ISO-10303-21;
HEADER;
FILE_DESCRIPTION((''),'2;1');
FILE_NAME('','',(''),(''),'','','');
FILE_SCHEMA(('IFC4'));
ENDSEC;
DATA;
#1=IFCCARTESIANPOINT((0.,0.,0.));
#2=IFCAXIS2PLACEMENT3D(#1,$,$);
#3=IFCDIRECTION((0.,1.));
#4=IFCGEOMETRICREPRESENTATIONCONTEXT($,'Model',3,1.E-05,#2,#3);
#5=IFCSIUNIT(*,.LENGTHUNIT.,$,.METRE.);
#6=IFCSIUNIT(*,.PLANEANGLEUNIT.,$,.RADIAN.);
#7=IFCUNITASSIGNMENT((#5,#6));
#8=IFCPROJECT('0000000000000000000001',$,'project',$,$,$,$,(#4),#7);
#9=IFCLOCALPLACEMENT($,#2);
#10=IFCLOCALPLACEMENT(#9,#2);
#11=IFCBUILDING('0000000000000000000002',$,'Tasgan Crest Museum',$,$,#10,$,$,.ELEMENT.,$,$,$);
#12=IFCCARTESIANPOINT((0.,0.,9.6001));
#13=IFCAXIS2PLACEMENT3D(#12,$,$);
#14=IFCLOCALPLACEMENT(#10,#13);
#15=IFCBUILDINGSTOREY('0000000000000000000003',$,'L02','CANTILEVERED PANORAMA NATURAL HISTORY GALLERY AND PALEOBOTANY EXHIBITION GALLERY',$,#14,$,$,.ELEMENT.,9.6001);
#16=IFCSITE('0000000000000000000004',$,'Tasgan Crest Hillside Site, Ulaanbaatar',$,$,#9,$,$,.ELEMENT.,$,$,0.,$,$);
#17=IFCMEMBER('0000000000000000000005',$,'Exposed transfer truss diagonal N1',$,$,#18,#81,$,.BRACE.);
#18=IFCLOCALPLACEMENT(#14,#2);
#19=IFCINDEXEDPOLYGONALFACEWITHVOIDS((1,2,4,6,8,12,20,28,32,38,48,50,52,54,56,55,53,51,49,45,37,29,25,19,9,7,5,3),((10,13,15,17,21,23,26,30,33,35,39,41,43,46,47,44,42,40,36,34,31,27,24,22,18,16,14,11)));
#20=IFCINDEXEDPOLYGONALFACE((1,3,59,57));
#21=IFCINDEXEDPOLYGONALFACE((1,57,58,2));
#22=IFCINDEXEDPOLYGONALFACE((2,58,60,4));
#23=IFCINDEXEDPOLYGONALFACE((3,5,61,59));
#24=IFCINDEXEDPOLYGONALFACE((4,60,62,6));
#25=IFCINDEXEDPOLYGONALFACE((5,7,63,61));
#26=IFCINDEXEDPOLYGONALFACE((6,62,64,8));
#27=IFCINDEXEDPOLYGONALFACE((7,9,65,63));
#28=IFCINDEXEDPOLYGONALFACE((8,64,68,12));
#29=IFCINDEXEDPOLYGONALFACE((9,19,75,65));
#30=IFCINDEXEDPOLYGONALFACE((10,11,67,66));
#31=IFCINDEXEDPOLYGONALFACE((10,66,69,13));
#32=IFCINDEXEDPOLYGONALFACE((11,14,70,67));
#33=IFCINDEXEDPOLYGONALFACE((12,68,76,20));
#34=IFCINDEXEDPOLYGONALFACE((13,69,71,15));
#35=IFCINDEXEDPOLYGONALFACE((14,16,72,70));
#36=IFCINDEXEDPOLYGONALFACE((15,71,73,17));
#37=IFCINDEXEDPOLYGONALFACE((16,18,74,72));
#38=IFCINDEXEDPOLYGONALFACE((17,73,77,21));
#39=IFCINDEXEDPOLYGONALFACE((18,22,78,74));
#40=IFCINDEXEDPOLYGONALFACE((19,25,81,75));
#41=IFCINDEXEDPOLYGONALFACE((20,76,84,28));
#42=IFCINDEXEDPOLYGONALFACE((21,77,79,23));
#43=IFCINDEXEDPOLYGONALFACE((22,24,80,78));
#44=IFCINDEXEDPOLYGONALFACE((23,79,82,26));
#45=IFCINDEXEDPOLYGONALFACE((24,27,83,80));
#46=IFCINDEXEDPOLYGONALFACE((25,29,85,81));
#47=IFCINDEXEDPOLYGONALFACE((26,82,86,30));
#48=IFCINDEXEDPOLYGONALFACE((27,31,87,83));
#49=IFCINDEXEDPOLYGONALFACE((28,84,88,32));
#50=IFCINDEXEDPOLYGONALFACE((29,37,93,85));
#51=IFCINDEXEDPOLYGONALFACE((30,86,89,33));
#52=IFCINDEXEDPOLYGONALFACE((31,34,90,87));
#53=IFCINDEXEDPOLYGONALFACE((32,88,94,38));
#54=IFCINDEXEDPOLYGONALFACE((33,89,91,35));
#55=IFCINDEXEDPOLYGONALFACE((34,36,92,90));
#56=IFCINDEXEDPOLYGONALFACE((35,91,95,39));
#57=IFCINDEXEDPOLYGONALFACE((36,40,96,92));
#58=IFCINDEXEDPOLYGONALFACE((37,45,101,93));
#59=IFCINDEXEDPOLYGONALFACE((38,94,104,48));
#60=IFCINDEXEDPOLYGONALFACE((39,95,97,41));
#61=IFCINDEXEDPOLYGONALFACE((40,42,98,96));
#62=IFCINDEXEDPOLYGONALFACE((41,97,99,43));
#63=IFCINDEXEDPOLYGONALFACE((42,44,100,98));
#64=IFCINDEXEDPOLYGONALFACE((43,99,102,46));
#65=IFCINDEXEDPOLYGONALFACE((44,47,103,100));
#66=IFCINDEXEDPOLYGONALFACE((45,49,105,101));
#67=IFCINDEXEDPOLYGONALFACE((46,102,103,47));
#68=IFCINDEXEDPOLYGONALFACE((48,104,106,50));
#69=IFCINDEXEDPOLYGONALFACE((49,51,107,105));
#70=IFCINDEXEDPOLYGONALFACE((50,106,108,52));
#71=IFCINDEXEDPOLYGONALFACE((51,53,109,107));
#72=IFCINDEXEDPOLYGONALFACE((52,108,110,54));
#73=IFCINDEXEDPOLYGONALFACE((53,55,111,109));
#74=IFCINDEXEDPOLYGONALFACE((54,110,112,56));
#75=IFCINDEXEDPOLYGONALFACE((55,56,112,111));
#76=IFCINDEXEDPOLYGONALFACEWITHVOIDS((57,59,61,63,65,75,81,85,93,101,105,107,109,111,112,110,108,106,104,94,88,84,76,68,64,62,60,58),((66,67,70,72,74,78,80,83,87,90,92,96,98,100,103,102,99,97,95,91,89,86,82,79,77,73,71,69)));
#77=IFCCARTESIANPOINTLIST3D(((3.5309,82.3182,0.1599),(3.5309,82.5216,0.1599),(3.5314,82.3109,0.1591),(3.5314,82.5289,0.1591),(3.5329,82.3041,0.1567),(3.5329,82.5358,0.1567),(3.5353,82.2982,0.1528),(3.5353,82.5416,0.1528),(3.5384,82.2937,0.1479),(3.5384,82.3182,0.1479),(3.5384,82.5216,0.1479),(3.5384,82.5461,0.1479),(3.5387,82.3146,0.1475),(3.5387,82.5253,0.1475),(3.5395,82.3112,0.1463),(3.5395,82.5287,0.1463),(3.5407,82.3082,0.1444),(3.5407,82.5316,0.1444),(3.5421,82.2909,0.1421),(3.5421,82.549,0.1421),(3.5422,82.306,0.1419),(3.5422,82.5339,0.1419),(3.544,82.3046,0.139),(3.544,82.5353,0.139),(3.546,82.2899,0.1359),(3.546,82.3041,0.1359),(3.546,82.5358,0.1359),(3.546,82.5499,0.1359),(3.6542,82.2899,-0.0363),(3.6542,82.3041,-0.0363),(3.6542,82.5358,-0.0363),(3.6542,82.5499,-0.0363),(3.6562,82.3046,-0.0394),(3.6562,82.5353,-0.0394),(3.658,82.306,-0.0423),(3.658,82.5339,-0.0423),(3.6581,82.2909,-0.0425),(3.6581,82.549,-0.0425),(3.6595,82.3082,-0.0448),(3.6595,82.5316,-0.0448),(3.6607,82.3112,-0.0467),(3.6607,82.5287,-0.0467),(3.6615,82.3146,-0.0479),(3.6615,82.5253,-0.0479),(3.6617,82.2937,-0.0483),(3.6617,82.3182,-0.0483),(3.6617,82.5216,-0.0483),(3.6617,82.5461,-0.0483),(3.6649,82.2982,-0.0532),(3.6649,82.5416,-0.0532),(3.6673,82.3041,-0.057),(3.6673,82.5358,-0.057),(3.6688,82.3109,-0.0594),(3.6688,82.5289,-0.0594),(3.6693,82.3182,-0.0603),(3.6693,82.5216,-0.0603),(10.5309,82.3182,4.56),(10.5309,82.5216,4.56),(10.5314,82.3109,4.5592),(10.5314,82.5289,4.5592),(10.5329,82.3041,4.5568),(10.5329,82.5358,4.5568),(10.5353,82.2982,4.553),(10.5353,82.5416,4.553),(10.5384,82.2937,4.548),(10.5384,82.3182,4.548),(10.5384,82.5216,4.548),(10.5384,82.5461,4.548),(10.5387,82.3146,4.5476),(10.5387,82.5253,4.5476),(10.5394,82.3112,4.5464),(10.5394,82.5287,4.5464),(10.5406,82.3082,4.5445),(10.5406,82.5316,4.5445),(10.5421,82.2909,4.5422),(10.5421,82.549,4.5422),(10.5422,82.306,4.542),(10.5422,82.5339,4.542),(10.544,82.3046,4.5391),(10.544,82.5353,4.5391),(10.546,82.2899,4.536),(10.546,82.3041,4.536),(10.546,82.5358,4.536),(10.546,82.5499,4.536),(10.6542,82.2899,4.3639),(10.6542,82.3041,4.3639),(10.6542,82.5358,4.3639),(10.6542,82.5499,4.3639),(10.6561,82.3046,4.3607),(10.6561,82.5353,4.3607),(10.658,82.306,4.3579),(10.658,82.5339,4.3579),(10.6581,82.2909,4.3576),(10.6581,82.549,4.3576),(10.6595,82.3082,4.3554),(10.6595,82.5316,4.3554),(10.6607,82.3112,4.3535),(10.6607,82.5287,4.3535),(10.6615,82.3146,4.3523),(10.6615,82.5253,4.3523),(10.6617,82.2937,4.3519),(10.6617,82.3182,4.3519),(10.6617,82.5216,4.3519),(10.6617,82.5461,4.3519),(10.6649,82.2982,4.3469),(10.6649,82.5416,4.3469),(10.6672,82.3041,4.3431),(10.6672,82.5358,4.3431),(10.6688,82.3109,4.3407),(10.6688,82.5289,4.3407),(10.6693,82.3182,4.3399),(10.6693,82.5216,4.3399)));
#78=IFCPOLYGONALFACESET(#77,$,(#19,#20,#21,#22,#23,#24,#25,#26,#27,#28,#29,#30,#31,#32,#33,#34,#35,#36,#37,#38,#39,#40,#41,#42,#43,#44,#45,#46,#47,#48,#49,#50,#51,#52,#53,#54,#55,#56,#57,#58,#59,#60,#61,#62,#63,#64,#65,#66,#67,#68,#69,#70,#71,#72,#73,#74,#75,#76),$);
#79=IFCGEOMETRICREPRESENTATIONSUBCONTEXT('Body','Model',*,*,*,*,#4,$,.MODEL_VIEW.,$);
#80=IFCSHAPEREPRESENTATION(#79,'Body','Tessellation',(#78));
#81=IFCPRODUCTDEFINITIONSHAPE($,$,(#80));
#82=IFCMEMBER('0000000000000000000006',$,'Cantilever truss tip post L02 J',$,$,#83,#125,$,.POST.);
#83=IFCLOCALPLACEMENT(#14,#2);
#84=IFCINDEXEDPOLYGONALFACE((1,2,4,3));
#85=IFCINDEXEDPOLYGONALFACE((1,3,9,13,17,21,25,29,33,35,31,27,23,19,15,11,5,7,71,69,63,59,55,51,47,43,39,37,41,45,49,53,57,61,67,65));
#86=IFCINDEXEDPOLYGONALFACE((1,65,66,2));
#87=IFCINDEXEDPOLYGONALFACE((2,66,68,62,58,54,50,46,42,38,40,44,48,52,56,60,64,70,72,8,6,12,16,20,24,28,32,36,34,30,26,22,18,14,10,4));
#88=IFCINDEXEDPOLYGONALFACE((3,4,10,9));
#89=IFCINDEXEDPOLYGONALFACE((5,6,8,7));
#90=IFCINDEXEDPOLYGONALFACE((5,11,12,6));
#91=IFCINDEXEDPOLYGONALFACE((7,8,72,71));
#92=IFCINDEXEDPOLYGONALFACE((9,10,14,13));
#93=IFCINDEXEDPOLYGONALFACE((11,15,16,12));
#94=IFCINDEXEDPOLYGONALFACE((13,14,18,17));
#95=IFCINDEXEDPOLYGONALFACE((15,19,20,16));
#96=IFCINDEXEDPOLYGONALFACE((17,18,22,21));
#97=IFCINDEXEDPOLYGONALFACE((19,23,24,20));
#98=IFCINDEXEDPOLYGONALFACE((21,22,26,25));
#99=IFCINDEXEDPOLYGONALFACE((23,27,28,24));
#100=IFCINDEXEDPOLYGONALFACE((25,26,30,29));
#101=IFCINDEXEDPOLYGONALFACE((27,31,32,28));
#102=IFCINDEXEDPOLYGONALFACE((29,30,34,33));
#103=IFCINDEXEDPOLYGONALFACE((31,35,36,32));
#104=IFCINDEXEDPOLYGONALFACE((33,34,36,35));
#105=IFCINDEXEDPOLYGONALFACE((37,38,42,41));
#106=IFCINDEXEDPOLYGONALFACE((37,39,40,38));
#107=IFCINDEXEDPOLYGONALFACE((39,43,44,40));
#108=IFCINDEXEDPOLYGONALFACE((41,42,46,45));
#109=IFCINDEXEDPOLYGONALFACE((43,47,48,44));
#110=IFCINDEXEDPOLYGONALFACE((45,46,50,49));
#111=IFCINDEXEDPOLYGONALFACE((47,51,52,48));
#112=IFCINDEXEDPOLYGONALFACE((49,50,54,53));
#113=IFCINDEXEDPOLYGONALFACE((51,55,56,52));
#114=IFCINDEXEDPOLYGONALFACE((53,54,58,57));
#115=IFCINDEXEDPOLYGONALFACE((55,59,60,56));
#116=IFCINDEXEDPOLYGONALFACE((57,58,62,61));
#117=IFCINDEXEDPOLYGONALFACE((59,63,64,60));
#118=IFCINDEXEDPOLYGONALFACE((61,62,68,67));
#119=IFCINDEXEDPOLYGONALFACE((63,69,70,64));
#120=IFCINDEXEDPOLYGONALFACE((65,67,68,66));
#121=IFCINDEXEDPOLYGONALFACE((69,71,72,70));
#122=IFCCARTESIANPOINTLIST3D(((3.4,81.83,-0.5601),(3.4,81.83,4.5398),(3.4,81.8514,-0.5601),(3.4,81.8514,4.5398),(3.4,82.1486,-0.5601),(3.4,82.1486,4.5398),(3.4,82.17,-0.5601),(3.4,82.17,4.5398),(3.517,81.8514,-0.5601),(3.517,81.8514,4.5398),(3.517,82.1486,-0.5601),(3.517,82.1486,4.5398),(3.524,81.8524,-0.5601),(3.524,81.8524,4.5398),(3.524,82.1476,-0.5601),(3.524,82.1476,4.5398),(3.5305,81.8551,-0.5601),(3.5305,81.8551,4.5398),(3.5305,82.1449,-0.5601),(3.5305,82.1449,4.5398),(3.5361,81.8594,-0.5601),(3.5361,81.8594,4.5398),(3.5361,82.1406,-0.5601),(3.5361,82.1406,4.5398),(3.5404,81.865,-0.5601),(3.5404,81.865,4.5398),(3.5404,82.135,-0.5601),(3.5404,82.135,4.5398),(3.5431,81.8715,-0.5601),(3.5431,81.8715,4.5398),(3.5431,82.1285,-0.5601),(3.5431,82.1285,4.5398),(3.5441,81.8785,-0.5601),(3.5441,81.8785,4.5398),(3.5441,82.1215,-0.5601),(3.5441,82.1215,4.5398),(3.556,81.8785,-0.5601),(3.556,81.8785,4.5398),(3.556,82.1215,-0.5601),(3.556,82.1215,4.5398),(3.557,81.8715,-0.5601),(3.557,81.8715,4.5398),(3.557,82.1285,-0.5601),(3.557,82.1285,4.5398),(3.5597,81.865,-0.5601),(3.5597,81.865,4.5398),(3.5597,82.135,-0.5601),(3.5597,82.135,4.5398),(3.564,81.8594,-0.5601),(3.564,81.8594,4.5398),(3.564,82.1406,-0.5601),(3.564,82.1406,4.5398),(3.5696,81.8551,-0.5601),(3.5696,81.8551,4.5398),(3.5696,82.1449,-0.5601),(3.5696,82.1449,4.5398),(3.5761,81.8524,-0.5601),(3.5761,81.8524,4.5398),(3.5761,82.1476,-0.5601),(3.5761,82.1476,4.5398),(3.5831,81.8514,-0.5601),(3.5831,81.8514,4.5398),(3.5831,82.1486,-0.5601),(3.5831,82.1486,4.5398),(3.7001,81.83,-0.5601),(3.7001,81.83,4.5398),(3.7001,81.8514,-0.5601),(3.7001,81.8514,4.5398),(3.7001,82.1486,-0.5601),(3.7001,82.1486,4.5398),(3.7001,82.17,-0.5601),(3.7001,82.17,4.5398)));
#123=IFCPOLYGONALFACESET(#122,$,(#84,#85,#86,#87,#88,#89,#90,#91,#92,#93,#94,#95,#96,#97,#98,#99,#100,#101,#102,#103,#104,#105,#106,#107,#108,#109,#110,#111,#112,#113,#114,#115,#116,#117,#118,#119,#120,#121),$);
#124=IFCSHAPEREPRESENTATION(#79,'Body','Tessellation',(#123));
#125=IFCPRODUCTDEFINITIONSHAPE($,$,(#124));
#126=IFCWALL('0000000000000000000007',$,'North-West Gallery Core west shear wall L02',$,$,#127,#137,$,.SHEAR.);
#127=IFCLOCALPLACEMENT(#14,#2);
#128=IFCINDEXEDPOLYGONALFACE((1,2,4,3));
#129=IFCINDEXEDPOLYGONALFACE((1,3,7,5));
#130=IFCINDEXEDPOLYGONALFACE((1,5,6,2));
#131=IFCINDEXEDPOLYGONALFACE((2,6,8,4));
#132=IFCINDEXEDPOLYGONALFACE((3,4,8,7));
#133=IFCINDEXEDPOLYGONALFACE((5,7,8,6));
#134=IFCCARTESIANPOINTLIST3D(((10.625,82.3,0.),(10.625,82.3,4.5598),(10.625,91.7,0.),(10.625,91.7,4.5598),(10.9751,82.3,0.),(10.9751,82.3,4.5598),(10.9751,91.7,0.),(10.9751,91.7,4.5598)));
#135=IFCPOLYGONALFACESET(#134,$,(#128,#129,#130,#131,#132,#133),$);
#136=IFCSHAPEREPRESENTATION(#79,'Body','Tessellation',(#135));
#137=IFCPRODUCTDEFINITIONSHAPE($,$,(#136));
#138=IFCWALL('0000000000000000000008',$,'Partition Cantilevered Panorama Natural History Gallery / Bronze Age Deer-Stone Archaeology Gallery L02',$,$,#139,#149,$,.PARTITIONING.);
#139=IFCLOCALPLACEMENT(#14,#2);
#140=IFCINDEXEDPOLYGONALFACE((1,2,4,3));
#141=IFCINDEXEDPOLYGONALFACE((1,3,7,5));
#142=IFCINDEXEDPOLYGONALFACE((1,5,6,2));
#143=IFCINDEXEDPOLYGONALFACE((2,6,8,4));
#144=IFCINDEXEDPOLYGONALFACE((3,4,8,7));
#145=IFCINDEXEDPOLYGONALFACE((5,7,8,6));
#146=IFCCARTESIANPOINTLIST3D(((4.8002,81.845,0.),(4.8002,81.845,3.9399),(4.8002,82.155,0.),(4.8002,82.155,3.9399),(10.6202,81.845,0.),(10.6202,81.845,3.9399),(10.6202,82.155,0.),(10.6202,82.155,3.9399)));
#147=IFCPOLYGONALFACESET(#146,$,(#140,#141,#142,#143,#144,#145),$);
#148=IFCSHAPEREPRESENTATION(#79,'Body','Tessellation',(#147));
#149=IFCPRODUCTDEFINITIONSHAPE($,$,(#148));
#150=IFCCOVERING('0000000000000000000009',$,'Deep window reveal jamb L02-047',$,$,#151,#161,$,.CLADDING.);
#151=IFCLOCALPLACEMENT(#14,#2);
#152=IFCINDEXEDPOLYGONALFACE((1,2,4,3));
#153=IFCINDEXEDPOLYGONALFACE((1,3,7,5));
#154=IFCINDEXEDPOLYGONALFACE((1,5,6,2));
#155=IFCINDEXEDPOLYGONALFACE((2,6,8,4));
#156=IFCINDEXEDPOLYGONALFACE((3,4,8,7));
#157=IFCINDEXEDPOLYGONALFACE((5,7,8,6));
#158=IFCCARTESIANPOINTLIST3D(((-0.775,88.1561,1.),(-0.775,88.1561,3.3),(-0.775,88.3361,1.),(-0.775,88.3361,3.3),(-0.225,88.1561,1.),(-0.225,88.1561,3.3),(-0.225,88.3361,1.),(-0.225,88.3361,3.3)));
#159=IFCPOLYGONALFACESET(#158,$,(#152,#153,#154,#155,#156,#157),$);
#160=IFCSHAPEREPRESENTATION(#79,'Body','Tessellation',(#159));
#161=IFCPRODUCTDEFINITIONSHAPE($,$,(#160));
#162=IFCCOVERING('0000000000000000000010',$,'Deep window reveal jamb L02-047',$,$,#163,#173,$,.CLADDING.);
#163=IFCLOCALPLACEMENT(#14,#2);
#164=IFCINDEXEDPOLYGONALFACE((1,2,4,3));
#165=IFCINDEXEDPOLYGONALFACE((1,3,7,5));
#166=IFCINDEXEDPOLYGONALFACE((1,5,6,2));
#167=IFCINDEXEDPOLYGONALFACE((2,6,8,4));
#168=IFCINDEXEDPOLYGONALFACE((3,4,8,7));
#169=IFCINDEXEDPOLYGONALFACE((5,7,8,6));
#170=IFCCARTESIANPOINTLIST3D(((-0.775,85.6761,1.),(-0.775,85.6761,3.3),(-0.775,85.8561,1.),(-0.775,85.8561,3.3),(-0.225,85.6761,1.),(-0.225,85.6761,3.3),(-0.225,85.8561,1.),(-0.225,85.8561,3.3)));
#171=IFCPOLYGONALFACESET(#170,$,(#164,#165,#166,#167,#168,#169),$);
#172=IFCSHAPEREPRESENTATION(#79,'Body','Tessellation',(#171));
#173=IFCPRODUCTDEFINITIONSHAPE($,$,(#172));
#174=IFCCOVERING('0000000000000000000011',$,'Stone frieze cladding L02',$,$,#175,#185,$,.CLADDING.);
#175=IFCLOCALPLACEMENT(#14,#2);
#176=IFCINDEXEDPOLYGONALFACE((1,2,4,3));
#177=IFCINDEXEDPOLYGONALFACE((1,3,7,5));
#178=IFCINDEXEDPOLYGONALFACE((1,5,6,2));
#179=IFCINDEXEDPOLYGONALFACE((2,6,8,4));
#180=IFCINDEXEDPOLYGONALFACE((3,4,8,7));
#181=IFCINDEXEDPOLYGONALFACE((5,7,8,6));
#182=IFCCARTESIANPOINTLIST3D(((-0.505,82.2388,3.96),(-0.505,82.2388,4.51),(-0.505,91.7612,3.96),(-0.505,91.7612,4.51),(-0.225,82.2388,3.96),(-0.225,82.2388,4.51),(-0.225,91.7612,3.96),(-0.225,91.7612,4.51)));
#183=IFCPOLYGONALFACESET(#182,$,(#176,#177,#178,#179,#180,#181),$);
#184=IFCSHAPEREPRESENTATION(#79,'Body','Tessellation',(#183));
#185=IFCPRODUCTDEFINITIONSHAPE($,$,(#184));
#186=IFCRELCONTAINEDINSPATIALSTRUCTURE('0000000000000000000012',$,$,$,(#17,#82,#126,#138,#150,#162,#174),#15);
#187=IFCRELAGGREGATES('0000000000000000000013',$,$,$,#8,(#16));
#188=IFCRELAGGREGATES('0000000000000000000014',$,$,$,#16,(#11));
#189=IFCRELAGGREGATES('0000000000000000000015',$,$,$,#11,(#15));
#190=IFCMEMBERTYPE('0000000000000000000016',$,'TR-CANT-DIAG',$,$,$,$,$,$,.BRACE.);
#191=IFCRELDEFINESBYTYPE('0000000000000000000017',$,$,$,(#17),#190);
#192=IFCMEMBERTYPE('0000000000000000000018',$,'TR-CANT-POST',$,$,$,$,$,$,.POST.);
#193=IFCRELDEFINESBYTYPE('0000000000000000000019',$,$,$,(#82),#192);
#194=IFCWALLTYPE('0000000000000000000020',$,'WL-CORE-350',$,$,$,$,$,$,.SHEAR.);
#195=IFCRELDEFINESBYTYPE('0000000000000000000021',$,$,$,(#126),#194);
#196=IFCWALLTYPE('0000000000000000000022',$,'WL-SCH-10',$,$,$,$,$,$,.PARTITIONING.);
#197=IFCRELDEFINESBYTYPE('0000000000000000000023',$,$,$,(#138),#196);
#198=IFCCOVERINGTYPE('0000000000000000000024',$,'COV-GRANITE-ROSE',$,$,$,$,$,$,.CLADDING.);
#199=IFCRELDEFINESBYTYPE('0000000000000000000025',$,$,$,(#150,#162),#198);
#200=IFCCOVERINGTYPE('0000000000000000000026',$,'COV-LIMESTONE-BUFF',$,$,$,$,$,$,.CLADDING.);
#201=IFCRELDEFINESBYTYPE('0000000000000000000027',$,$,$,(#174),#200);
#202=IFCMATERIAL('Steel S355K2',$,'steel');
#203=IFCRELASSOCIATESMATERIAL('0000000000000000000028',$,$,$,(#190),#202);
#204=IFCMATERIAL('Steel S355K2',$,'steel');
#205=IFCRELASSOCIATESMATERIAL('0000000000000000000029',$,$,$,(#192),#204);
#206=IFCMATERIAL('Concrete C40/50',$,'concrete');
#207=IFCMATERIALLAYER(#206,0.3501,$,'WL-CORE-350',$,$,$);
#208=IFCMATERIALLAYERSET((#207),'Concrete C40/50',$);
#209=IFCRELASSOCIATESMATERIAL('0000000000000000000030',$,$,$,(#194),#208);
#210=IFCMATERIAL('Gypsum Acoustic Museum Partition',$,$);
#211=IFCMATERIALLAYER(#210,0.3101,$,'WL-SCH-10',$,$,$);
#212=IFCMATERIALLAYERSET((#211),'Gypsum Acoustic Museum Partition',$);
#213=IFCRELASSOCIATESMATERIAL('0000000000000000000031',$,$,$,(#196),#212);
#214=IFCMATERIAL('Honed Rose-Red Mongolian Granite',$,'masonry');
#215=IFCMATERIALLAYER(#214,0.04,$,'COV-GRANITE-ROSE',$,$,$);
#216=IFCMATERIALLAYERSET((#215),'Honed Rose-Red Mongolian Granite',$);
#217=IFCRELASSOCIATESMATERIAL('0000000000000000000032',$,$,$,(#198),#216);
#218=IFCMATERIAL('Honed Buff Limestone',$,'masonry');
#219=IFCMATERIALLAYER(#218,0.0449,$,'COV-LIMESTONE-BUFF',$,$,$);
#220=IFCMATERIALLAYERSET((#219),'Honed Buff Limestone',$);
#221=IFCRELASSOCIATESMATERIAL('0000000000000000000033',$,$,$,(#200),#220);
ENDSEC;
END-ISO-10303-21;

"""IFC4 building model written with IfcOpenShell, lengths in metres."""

from ifc_helpers import new_model, si_unit, direction, frame, frame_2d, origin, origin_2d, place, context, subcontext, project, spatial, rectangle, hollow_rectangle, i_section, extrude, material, layer, layer_set, material_profile, profile_set, type_object, element, save


model = new_model("IFC4")

# Units and contexts
model_context = context("Model", 3, precision=1e-05, world=origin(), true_north=direction((0.0, 1.0)))
body_context = subcontext(model_context, "Body", "Model", "MODEL_VIEW")
ifc_project = project(units=[si_unit("LENGTHUNIT", "METRE"), si_unit("PLANEANGLEUNIT", "RADIAN")], contexts=[model_context])

# Site, building, storey
site_placement = place(None, origin())
site = spatial("IfcSite", under=ifc_project, at=site_placement, Name="Tasgan Crest Hillside Site, Ulaanbaatar", CompositionType="ELEMENT", RefElevation=0.0)
building_placement = place(site_placement, origin())
building = spatial("IfcBuilding", under=site, at=building_placement, Name="Tasgan Crest Museum", CompositionType="ELEMENT")
storey_placement = place(building_placement, frame((0.0, 0.0, 9.6001)))
storey = spatial("IfcBuildingStorey", under=building, at=storey_placement, Name="L02", Description="CANTILEVERED PANORAMA NATURAL HISTORY GALLERY AND PALEOBOTANY EXHIBITION GALLERY", CompositionType="ELEMENT", Elevation=9.6001)

# Members
ifc_material_1 = material(Name="Steel S355K2", Category="steel")
ifc_material_profile_1 = material_profile(ifc_material_1, hollow_rectangle(XDim=0.26, YDim=0.26, WallThickness=0.0142, InnerFilletRadius=0.0142, OuterFilletRadius=0.0283, at=origin_2d()), Name="SHS 260x260x14.2")
ifc_profile_set_1 = profile_set([ifc_material_profile_1], Name="Steel S355K2")
member_type_1 = type_object("IfcMemberType", Name="TR-CANT-DIAG", PredefinedType="BRACE", material=ifc_profile_set_1)
member_1_placement = place(storey_placement, frame((3.6001, 82.4199, 0.0498), z_axis=(0.846629, 0.0, 0.532184), x_axis=(0.0, 1.0, 0.0)))
element("IfcMember", 1, at=member_1_placement, inside=storey, type_object=member_type_1, Name="Exposed transfer truss diagonal N1", PredefinedType="BRACE", context=body_context, shape_type="SweptSolid", body=[
    extrude(hollow_rectangle(XDim=0.26, YDim=0.26, WallThickness=0.0142, InnerFilletRadius=0.0142, OuterFilletRadius=0.0283, at=origin_2d()), origin(), (0.0, 0.0, 1.0), 8.2681),
])
ifc_material_2 = material(Name="Steel S355K2", Category="steel")
ifc_material_profile_2 = material_profile(ifc_material_2, i_section(OverallWidth=0.3, OverallDepth=0.3401, WebThickness=0.012, FlangeThickness=0.0215, FilletRadius=0.0271, at=origin_2d()), Name="HEB 340")
ifc_profile_set_2 = profile_set([ifc_material_profile_2], Name="Steel S355K2")
member_type_2 = type_object("IfcMemberType", Name="TR-CANT-POST", PredefinedType="POST", material=ifc_profile_set_2)
member_2_placement = place(storey_placement, frame((3.55, 82.0, -0.5601), z_axis=(0.0, 0.0, 1.0), x_axis=(1.0, 0.0, 0.0)))
element("IfcMember", 2, at=member_2_placement, inside=storey, type_object=member_type_2, Name="Cantilever truss tip post L02 J", PredefinedType="POST", context=body_context, shape_type="SweptSolid", body=[
    extrude(i_section(OverallWidth=0.3, OverallDepth=0.3401, WebThickness=0.012, FlangeThickness=0.0215, FilletRadius=0.0271, at=origin_2d()), origin(), (0.0, 0.0, 1.0), 5.0999),
])

# Walls
ifc_material_3 = material(Name="Concrete C40/50", Category="concrete")
ifc_layer_1 = layer(ifc_material_3, 0.3501, Name="WL-CORE-350")
ifc_layer_set_1 = layer_set([ifc_layer_1], Name="Concrete C40/50")
wall_type_1 = type_object("IfcWallType", Name="WL-CORE-350", PredefinedType="SHEAR", material=ifc_layer_set_1)
wall_1_placement = place(storey_placement, frame((10.8, 82.3, 0.0), z_axis=(0.0, 0.0, 1.0), x_axis=(0.0, 1.0, 0.0)))
element("IfcWall", 3, at=wall_1_placement, inside=storey, type_object=wall_type_1, Name="North-West Gallery Core west shear wall L02", PredefinedType="SHEAR", context=body_context, shape_type="SweptSolid", body=[
    extrude(rectangle(XDim=9.3999, YDim=0.3501, at=frame_2d((4.7, 0.0))), origin(), (0.0, 0.0, 1.0), 4.5598),
])
ifc_material_4 = material(Name="Gypsum Acoustic Museum Partition")
ifc_layer_2 = layer(ifc_material_4, 0.3101, Name="WL-SCH-10")
ifc_layer_set_2 = layer_set([ifc_layer_2], Name="Gypsum Acoustic Museum Partition")
wall_type_2 = type_object("IfcWallType", Name="WL-SCH-10", PredefinedType="PARTITIONING", material=ifc_layer_set_2)
wall_2_placement = place(storey_placement, frame((4.8, 82.0, 0.0), z_axis=(0.0, 0.0, 1.0), x_axis=(1.0, 0.0, 0.0)))
element("IfcWall", 4, at=wall_2_placement, inside=storey, type_object=wall_type_2, Name="Partition Cantilevered Panorama Natural History Gallery / Bronze Age Deer-Stone Archaeology Gallery L02", PredefinedType="PARTITIONING", context=body_context, shape_type="SweptSolid", body=[
    extrude(rectangle(XDim=5.8201, YDim=0.3101, at=frame_2d((2.9102, 0.0))), origin(), (0.0, 0.0, 1.0), 3.9399),
])

# Coverings
ifc_material_5 = material(Name="Honed Rose-Red Mongolian Granite", Category="masonry")
ifc_layer_3 = layer(ifc_material_5, 0.04, Name="COV-GRANITE-ROSE")
ifc_layer_set_3 = layer_set([ifc_layer_3], Name="Honed Rose-Red Mongolian Granite")
covering_type_1 = type_object("IfcCoveringType", Name="COV-GRANITE-ROSE", PredefinedType="CLADDING", material=ifc_layer_set_3)
for number, where, z_axis, x_axis, name in (
    (5, (-0.5, 88.2461, 1.0), (0.0, 0.0, 1.0), (0.0, -1.0, 0.0), "Deep window reveal jamb L02-047"),
    (6, (-0.5, 85.7661, 1.0), (0.0, 0.0, 1.0), (0.0, -1.0, 0.0), "Deep window reveal jamb L02-047"),
):
    element("IfcCovering", number, at=place(storey_placement, frame(where, z_axis=z_axis, x_axis=x_axis)), inside=storey, type_object=covering_type_1, Name=name, PredefinedType="CLADDING", context=body_context, shape_type="SweptSolid", body=[
        extrude(rectangle(XDim=0.1799, YDim=0.55, at=origin_2d()), origin(), (0.0, 0.0, 1.0), 2.3),
    ])
ifc_material_6 = material(Name="Honed Buff Limestone", Category="masonry")
ifc_layer_4 = layer(ifc_material_6, 0.0449, Name="COV-LIMESTONE-BUFF")
ifc_layer_set_4 = layer_set([ifc_layer_4], Name="Honed Buff Limestone")
covering_type_2 = type_object("IfcCoveringType", Name="COV-LIMESTONE-BUFF", PredefinedType="CLADDING", material=ifc_layer_set_4)
covering_1_placement = place(storey_placement, frame((-0.365, 87.0, 3.96), z_axis=(0.0, 0.0, 1.0), x_axis=(0.0, -1.0, 0.0)))
element("IfcCovering", 7, at=covering_1_placement, inside=storey, type_object=covering_type_2, Name="Stone frieze cladding L02", PredefinedType="CLADDING", context=body_context, shape_type="SweptSolid", body=[
    extrude(rectangle(XDim=9.5225, YDim=0.28, at=origin_2d()), origin(), (0.0, 0.0, 1.0), 0.55),
])

save(model, "model.ifc")
